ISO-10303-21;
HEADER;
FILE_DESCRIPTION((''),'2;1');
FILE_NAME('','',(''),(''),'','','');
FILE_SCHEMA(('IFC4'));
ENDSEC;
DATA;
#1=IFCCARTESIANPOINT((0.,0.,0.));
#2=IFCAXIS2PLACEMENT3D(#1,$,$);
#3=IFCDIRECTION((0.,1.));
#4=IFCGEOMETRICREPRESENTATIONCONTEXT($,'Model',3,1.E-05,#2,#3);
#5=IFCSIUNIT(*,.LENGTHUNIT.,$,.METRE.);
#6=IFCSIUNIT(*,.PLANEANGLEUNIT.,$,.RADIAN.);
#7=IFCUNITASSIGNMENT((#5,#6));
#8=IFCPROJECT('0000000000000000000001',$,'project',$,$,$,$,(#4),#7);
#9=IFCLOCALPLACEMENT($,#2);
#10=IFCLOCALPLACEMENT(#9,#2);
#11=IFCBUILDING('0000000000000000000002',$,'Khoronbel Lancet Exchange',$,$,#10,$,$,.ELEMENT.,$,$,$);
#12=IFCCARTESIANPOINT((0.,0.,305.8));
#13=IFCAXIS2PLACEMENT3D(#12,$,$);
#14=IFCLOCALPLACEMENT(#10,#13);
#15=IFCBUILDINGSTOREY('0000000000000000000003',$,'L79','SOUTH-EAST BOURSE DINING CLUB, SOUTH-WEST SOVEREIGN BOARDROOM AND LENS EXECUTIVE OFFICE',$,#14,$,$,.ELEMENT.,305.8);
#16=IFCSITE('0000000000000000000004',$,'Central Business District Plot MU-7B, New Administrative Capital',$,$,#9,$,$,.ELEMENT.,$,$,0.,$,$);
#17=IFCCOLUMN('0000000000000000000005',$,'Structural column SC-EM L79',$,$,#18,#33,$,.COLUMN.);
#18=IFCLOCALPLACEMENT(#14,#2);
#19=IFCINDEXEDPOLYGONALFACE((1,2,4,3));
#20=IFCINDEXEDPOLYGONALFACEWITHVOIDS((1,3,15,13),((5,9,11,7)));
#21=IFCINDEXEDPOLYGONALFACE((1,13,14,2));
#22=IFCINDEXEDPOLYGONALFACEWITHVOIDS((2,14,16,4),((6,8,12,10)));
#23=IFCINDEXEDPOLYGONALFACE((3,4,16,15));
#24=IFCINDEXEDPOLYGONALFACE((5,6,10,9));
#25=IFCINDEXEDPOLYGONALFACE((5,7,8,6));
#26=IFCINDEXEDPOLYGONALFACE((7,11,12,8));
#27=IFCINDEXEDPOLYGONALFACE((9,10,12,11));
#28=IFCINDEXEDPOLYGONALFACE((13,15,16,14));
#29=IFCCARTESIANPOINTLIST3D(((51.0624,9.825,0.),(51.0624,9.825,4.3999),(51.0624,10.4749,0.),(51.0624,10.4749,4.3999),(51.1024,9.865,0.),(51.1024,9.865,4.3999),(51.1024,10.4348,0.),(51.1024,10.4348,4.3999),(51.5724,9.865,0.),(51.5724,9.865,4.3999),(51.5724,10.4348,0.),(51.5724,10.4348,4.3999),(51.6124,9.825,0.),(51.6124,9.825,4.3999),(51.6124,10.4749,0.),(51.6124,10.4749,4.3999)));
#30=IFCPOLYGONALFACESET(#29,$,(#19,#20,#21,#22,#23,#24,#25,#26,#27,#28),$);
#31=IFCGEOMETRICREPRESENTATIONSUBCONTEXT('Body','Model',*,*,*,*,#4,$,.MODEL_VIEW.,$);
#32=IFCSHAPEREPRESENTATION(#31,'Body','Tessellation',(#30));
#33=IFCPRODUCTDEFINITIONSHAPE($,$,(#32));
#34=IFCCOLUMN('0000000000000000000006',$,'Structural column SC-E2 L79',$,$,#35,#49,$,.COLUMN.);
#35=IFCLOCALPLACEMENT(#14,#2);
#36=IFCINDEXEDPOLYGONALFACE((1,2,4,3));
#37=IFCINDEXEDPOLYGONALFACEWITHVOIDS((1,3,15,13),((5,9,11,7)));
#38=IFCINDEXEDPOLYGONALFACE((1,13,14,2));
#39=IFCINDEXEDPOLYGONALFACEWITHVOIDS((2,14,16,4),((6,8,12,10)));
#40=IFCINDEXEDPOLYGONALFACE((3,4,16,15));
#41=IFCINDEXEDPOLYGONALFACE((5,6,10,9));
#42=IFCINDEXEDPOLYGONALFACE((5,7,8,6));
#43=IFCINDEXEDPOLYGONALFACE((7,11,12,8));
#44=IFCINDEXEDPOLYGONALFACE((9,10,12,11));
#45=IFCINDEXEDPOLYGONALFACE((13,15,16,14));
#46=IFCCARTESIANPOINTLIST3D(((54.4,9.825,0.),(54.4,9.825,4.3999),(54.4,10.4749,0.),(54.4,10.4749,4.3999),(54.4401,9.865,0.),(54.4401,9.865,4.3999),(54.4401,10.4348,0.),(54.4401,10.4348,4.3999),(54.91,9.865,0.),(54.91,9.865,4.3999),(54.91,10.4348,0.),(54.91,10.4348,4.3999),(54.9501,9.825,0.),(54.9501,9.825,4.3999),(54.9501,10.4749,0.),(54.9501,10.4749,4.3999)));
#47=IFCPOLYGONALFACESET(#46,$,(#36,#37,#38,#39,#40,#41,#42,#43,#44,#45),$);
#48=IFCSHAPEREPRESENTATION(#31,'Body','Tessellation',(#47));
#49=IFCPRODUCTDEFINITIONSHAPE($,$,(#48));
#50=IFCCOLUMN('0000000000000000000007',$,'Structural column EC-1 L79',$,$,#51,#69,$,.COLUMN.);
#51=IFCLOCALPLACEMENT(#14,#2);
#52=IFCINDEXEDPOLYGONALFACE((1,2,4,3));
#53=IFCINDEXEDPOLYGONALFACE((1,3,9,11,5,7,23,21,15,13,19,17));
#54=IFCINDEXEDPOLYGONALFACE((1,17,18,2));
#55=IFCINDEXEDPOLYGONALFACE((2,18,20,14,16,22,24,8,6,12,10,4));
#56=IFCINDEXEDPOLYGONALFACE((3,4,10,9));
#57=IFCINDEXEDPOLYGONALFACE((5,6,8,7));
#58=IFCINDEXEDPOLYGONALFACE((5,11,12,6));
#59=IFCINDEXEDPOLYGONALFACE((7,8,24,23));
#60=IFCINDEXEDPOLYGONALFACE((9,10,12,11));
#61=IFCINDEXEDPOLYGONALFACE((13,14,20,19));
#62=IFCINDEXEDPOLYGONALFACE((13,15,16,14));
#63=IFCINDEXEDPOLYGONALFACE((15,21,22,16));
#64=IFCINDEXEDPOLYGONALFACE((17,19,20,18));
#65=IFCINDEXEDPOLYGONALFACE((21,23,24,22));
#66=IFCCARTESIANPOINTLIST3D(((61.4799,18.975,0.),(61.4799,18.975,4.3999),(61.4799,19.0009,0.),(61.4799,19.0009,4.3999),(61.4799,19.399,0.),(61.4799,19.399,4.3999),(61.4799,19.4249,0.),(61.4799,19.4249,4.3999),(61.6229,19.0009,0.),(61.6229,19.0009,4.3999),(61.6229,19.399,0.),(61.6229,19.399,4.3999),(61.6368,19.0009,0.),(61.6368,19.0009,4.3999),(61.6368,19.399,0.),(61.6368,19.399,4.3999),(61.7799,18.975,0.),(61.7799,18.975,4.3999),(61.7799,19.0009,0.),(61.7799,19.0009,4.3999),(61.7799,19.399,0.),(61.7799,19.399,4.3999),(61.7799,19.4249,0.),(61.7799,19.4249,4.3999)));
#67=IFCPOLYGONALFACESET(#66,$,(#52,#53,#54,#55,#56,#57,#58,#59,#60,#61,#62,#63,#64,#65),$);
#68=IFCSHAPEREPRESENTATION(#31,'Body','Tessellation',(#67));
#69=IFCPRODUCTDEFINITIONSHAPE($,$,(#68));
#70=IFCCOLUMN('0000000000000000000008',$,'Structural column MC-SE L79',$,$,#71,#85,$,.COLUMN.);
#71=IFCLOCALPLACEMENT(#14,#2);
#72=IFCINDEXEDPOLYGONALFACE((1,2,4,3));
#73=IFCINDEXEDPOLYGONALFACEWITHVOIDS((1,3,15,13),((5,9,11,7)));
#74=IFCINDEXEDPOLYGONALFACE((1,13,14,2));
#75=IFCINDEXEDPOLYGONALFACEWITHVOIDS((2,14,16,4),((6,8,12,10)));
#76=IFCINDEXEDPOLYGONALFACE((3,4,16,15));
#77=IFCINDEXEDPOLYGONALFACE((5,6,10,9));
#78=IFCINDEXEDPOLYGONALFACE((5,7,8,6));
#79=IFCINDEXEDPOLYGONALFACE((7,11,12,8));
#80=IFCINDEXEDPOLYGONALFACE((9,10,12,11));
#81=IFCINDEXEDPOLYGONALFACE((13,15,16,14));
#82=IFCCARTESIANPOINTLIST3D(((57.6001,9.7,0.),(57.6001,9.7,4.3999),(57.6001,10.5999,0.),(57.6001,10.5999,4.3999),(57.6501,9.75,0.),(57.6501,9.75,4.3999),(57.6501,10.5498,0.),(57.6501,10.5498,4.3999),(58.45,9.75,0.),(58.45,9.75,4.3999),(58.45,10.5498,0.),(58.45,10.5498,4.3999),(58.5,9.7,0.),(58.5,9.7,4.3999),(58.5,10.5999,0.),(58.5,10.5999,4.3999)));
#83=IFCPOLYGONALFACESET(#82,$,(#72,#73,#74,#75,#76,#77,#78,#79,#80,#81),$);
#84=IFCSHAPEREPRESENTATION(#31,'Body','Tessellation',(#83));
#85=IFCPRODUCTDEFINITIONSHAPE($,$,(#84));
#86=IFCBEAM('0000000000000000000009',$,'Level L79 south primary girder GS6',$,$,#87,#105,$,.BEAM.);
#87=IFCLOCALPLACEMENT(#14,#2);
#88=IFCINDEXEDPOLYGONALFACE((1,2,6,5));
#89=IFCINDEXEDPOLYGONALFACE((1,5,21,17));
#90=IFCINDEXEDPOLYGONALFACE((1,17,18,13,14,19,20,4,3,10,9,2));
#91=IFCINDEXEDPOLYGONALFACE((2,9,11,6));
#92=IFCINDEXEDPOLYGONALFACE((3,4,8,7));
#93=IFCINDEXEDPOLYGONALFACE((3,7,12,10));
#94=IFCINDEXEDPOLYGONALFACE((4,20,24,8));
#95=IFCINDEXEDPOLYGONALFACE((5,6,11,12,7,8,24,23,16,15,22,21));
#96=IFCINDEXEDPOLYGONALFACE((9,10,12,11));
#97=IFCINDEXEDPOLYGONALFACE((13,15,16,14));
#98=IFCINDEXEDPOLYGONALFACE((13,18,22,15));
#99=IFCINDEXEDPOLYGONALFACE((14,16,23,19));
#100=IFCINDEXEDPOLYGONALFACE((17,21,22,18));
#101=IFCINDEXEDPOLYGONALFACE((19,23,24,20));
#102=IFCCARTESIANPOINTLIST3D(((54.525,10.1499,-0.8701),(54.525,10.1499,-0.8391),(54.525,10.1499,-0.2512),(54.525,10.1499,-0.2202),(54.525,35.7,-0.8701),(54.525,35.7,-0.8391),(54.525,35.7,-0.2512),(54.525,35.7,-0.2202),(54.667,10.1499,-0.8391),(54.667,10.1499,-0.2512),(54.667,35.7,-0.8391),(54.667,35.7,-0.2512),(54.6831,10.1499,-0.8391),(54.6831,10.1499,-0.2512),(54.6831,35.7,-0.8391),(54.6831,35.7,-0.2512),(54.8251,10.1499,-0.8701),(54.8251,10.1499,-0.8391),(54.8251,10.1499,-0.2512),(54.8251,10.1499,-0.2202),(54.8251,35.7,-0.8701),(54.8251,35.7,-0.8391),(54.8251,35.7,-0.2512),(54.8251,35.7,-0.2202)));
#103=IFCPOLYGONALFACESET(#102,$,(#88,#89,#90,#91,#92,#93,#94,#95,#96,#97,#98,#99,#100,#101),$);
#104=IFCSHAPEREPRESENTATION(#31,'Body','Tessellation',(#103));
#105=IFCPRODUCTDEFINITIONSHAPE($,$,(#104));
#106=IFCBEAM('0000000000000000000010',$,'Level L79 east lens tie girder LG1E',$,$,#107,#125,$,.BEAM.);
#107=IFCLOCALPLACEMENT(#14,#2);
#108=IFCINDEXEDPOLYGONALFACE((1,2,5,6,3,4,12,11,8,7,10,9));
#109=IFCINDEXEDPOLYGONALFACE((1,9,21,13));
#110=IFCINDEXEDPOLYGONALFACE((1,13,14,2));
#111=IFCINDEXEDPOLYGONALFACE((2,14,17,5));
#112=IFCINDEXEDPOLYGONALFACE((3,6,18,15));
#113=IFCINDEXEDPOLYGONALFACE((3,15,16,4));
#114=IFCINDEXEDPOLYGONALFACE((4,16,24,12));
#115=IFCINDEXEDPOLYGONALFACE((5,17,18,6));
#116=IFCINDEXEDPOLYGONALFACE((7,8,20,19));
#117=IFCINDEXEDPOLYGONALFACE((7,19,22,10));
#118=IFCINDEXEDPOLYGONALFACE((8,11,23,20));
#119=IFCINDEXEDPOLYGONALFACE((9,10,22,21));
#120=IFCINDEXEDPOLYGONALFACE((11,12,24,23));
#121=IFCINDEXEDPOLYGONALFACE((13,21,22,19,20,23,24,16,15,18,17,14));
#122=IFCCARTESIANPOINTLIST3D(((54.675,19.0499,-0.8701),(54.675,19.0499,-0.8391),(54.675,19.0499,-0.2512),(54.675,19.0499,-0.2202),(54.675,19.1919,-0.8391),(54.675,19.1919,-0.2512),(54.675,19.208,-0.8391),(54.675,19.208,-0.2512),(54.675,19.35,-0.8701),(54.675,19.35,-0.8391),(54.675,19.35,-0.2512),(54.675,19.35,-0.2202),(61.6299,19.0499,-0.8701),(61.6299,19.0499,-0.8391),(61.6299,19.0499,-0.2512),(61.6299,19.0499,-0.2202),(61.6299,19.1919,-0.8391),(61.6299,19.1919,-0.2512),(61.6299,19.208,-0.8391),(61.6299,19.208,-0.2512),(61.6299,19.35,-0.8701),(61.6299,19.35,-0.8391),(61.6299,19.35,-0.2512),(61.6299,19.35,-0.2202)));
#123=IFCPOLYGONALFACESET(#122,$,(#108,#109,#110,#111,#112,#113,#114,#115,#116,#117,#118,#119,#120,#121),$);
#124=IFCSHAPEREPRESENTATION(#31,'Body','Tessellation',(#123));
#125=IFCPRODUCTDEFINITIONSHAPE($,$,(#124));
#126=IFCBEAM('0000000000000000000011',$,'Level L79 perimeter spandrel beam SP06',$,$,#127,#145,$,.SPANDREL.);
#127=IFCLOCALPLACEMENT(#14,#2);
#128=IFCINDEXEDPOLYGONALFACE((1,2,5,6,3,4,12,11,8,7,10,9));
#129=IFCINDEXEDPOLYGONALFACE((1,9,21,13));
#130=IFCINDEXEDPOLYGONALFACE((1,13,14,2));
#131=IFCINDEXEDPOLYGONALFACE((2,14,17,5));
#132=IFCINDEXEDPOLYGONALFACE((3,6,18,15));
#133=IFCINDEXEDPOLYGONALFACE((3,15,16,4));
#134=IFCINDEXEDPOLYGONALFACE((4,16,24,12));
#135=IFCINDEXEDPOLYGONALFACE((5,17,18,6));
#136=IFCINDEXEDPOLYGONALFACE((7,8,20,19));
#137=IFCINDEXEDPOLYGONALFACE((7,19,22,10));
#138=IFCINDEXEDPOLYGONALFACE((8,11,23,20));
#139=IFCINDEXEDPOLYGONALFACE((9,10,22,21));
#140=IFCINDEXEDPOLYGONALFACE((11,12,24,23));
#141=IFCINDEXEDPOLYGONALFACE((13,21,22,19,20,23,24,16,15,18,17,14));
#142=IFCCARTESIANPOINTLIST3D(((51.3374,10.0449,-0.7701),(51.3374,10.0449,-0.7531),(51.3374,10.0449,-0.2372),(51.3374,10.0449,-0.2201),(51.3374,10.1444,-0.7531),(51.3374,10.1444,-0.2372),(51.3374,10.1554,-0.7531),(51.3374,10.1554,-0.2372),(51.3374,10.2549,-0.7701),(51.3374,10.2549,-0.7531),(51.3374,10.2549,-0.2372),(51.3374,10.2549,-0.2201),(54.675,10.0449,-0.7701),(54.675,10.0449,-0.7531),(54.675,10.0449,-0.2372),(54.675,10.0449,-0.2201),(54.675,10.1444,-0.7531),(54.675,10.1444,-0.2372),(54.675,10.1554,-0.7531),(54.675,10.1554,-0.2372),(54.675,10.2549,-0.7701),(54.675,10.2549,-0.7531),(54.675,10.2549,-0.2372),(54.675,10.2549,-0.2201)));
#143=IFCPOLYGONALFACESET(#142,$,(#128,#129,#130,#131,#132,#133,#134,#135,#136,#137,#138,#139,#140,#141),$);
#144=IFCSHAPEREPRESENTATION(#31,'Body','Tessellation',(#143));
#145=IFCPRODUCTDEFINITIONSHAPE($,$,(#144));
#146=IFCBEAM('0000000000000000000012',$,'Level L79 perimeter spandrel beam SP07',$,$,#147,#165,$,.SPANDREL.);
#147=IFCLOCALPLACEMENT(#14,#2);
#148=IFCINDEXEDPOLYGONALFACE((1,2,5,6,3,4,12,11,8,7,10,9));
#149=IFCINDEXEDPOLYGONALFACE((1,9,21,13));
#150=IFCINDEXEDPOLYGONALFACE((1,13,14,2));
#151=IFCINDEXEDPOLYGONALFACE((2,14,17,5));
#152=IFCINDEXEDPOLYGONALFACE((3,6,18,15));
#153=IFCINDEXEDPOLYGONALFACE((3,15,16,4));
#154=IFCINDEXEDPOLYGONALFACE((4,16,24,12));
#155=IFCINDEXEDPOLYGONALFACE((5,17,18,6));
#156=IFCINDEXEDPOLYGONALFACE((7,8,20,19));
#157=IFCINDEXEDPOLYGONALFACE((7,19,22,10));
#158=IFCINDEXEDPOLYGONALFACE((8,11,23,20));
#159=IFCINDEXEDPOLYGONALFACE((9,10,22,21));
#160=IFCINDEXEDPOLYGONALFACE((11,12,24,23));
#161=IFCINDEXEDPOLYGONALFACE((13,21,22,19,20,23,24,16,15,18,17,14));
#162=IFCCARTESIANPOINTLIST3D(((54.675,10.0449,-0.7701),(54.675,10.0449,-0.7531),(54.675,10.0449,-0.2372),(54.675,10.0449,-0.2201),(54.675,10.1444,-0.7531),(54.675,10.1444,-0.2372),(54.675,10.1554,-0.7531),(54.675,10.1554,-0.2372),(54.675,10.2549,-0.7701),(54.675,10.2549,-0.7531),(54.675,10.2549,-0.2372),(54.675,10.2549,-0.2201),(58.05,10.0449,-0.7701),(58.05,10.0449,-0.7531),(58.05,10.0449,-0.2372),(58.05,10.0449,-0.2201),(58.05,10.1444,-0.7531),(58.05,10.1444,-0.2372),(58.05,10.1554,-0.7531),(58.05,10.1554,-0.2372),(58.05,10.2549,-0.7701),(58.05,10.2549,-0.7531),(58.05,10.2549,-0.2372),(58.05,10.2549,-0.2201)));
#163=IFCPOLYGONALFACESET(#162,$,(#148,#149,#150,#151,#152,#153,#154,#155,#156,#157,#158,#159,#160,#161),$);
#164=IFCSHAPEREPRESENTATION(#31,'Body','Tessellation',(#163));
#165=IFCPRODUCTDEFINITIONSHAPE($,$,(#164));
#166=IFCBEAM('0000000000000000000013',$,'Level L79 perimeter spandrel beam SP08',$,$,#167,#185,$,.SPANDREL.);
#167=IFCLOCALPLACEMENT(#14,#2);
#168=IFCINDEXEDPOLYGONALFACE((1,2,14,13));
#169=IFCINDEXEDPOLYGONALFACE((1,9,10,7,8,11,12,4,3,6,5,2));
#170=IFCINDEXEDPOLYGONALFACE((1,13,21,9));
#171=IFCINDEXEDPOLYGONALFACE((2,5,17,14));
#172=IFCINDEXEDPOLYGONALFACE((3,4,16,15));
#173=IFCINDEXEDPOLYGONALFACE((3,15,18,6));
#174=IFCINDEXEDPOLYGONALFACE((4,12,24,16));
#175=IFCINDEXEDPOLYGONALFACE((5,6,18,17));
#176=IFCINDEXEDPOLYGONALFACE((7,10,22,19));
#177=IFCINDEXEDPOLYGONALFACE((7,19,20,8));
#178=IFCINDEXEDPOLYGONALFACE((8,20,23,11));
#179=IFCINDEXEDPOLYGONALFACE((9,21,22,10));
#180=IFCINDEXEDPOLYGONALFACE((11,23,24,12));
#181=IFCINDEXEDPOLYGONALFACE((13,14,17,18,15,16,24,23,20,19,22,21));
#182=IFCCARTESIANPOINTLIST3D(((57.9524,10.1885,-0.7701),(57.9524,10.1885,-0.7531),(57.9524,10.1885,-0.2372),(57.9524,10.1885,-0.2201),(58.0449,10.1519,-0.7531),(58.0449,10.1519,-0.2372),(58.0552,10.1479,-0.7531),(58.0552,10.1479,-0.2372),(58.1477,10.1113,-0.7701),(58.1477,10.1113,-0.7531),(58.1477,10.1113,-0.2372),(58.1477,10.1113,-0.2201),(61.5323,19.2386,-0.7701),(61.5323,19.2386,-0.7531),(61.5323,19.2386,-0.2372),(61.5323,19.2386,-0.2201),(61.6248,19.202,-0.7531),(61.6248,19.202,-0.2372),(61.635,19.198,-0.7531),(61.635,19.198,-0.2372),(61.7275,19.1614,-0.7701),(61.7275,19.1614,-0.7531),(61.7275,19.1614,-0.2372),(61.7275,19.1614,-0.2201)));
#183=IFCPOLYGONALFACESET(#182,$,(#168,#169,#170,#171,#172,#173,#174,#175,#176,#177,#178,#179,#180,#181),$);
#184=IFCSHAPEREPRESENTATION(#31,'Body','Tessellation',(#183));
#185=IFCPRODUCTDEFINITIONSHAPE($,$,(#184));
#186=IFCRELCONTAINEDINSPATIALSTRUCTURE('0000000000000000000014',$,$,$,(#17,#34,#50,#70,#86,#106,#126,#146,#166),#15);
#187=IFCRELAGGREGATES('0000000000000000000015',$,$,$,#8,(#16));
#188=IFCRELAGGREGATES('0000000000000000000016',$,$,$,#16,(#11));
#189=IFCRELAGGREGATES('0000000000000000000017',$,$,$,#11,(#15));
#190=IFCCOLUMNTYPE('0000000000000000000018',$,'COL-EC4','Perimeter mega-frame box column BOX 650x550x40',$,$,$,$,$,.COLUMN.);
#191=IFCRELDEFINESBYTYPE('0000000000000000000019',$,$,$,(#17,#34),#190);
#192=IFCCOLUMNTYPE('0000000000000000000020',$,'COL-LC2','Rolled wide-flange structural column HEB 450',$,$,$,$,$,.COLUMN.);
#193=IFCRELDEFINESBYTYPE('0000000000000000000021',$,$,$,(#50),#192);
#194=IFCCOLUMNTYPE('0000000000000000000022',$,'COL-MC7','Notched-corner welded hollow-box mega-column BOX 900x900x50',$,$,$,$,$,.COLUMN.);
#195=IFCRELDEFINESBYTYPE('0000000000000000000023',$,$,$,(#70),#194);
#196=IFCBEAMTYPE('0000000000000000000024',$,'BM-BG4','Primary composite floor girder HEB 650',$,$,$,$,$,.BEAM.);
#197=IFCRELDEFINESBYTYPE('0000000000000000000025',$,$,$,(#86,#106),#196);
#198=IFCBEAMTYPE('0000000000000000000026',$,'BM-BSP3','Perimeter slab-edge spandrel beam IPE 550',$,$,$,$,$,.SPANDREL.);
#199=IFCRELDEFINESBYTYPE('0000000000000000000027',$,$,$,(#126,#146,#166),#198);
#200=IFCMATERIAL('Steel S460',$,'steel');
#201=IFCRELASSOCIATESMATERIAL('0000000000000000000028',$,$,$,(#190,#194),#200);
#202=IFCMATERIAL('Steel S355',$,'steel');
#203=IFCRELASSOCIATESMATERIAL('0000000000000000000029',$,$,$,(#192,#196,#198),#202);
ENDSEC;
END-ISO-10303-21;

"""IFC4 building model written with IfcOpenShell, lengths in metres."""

from ifc_helpers import new_model, si_unit, direction, frame, origin, origin_2d, place, context, subcontext, project, spatial, hollow_rectangle, i_section, extrude, material, material_profile, profile_set, type_object, element, save


model = new_model("IFC4")

# Units and contexts
model_context = context("Model", 3, precision=1e-05, world=origin(), true_north=direction((0.0, 1.0)))
body_context = subcontext(model_context, "Body", "Model", "MODEL_VIEW")
ifc_project = project(units=[si_unit("LENGTHUNIT", "METRE"), si_unit("PLANEANGLEUNIT", "RADIAN")], contexts=[model_context])

# Site, building, storey
site_placement = place(None, origin())
site = spatial("IfcSite", under=ifc_project, at=site_placement, Name="Central Business District Plot MU-7B, New Administrative Capital", CompositionType="ELEMENT", RefElevation=0.0)
building_placement = place(site_placement, origin())
building = spatial("IfcBuilding", under=site, at=building_placement, Name="Khoronbel Lancet Exchange", CompositionType="ELEMENT")
storey_placement = place(building_placement, frame((0.0, 0.0, 305.8)))
storey = spatial("IfcBuildingStorey", under=building, at=storey_placement, Name="L79", Description="SOUTH-EAST BOURSE DINING CLUB, SOUTH-WEST SOVEREIGN BOARDROOM AND LENS EXECUTIVE OFFICE", CompositionType="ELEMENT", Elevation=305.8)

# Columns
ifc_material_1 = material(Name="Steel S460", Category="steel")
ifc_material_profile_1 = material_profile(ifc_material_1, hollow_rectangle(XDim=0.55, YDim=0.6499, WallThickness=0.04, at=origin_2d()), Name="BOX 650x550x40")
ifc_profile_set_1 = profile_set([ifc_material_profile_1], Name="Steel S460")
column_type_1 = type_object("IfcColumnType", Name="COL-EC4", Description="Perimeter mega-frame box column BOX 650x550x40", PredefinedType="COLUMN", material=ifc_profile_set_1)
for number, where, z_axis, x_axis, name in (
    (1, (51.3374, 10.1499, 0.0), (0.0, 0.0, 1.0), (1.0, 0.0, 0.0), "Structural column SC-EM L79"),
    (2, (54.675, 10.1499, 0.0), (0.0, 0.0, 1.0), (1.0, 0.0, 0.0), "Structural column SC-E2 L79"),
):
    element("IfcColumn", number, at=place(storey_placement, frame(where, z_axis=z_axis, x_axis=x_axis)), inside=storey, type_object=column_type_1, Name=name, PredefinedType="COLUMN", context=body_context, shape_type="SweptSolid", body=[
        extrude(hollow_rectangle(XDim=0.55, YDim=0.6499, WallThickness=0.04, at=origin_2d()), origin(), (0.0, 0.0, 1.0), 4.3999),
    ])
ifc_material_2 = material(Name="Steel S355", Category="steel")
ifc_material_profile_2 = material_profile(ifc_material_2, i_section(OverallWidth=0.3, OverallDepth=0.45, WebThickness=0.0139, FlangeThickness=0.0259, at=origin_2d()), Name="HEB 450")
ifc_profile_set_2 = profile_set([ifc_material_profile_2], Name="Steel S355")
column_type_2 = type_object("IfcColumnType", Name="COL-LC2", Description="Rolled wide-flange structural column HEB 450", PredefinedType="COLUMN", material=ifc_profile_set_2)
column_1_placement = place(storey_placement, frame((61.6299, 19.2, 0.0), z_axis=(0.0, 0.0, 1.0), x_axis=(1.0, 0.0, 0.0)))
element("IfcColumn", 3, at=column_1_placement, inside=storey, type_object=column_type_2, Name="Structural column EC-1 L79", PredefinedType="COLUMN", context=body_context, shape_type="SweptSolid", body=[
    extrude(i_section(OverallWidth=0.3, OverallDepth=0.45, WebThickness=0.0139, FlangeThickness=0.0259, at=origin_2d()), origin(), (0.0, 0.0, 1.0), 4.3999),
])
ifc_material_profile_3 = material_profile(ifc_material_1, hollow_rectangle(XDim=0.8999, YDim=0.8999, WallThickness=0.05, at=origin_2d()), Name="BOX 900x900x50")
ifc_profile_set_3 = profile_set([ifc_material_profile_3], Name="Steel S460")
column_type_3 = type_object("IfcColumnType", Name="COL-MC7", Description="Notched-corner welded hollow-box mega-column BOX 900x900x50", PredefinedType="COLUMN", material=ifc_profile_set_3)
column_2_placement = place(storey_placement, frame((58.05, 10.1499, 0.0), z_axis=(0.0, 0.0, 1.0), x_axis=(1.0, 0.0, 0.0)))
element("IfcColumn", 4, at=column_2_placement, inside=storey, type_object=column_type_3, Name="Structural column MC-SE L79", PredefinedType="COLUMN", context=body_context, shape_type="SweptSolid", body=[
    extrude(hollow_rectangle(XDim=0.8999, YDim=0.8999, WallThickness=0.05, at=origin_2d()), origin(), (0.0, 0.0, 1.0), 4.3999),
])

# Beams
ifc_material_profile_4 = material_profile(ifc_material_2, i_section(OverallWidth=0.3, OverallDepth=0.6499, WebThickness=0.0161, FlangeThickness=0.031, at=origin_2d()), Name="HEB 650")
ifc_profile_set_4 = profile_set([ifc_material_profile_4], Name="Steel S355")
beam_type_1 = type_object("IfcBeamType", Name="BM-BG4", Description="Primary composite floor girder HEB 650", PredefinedType="BEAM", material=ifc_profile_set_4)
beam_1_placement = place(storey_placement, frame((54.675, 10.1499, -0.5452), z_axis=(0.0, 1.0, 0.0), x_axis=(-1.0, 0.0, 0.0)))
element("IfcBeam", 5, at=beam_1_placement, inside=storey, type_object=beam_type_1, Name="Level L79 south primary girder GS6", PredefinedType="BEAM", context=body_context, shape_type="SweptSolid", body=[
    extrude(i_section(OverallWidth=0.3, OverallDepth=0.6499, WebThickness=0.0161, FlangeThickness=0.031, at=origin_2d()), origin(), (0.0, 0.0, 1.0), 25.55),
])
beam_2_placement = place(storey_placement, frame((54.675, 19.2, -0.5452), z_axis=(1.0, 0.0, 0.0), x_axis=(0.0, 1.0, 0.0)))
element("IfcBeam", 6, at=beam_2_placement, inside=storey, type_object=beam_type_1, Name="Level L79 east lens tie girder LG1E", PredefinedType="BEAM", context=body_context, shape_type="SweptSolid", body=[
    extrude(i_section(OverallWidth=0.3, OverallDepth=0.6499, WebThickness=0.0161, FlangeThickness=0.031, at=origin_2d()), origin(), (0.0, 0.0, 1.0), 6.9548),
])
ifc_material_profile_5 = material_profile(ifc_material_2, i_section(OverallWidth=0.21, OverallDepth=0.55, WebThickness=0.011, FlangeThickness=0.0171, at=origin_2d()), Name="IPE 550")
ifc_profile_set_5 = profile_set([ifc_material_profile_5], Name="Steel S355")
beam_type_2 = type_object("IfcBeamType", Name="BM-BSP3", Description="Perimeter slab-edge spandrel beam IPE 550", PredefinedType="SPANDREL", material=ifc_profile_set_5)
beam_3_placement = place(storey_placement, frame((51.3374, 10.1499, -0.4951), z_axis=(1.0, 0.0, 0.0), x_axis=(0.0, 1.0, 0.0)))
element("IfcBeam", 7, at=beam_3_placement, inside=storey, type_object=beam_type_2, Name="Level L79 perimeter spandrel beam SP06", PredefinedType="SPANDREL", context=body_context, shape_type="SweptSolid", body=[
    extrude(i_section(OverallWidth=0.21, OverallDepth=0.55, WebThickness=0.011, FlangeThickness=0.0171, at=origin_2d()), origin(), (0.0, 0.0, 1.0), 3.3376),
])
beam_4_placement = place(storey_placement, frame((54.675, 10.1499, -0.4951), z_axis=(1.0, 0.0, 0.0), x_axis=(0.0, 1.0, 0.0)))
element("IfcBeam", 8, at=beam_4_placement, inside=storey, type_object=beam_type_2, Name="Level L79 perimeter spandrel beam SP07", PredefinedType="SPANDREL", context=body_context, shape_type="SweptSolid", body=[
    extrude(i_section(OverallWidth=0.21, OverallDepth=0.55, WebThickness=0.011, FlangeThickness=0.0171, at=origin_2d()), origin(), (0.0, 0.0, 1.0), 3.375),
])
beam_5_placement = place(storey_placement, frame((58.05, 10.1499, -0.4951), z_axis=(0.367828, 0.929894, 0.0), x_axis=(-0.929894, 0.367828, 0.0)))
element("IfcBeam", 9, at=beam_5_placement, inside=storey, type_object=beam_type_2, Name="Level L79 perimeter spandrel beam SP08", PredefinedType="SPANDREL", context=body_context, shape_type="SweptSolid", body=[
    extrude(i_section(OverallWidth=0.21, OverallDepth=0.55, WebThickness=0.011, FlangeThickness=0.0171, at=origin_2d()), origin(), (0.0, 0.0, 1.0), 9.7324),
])

save(model, "model.ifc")
